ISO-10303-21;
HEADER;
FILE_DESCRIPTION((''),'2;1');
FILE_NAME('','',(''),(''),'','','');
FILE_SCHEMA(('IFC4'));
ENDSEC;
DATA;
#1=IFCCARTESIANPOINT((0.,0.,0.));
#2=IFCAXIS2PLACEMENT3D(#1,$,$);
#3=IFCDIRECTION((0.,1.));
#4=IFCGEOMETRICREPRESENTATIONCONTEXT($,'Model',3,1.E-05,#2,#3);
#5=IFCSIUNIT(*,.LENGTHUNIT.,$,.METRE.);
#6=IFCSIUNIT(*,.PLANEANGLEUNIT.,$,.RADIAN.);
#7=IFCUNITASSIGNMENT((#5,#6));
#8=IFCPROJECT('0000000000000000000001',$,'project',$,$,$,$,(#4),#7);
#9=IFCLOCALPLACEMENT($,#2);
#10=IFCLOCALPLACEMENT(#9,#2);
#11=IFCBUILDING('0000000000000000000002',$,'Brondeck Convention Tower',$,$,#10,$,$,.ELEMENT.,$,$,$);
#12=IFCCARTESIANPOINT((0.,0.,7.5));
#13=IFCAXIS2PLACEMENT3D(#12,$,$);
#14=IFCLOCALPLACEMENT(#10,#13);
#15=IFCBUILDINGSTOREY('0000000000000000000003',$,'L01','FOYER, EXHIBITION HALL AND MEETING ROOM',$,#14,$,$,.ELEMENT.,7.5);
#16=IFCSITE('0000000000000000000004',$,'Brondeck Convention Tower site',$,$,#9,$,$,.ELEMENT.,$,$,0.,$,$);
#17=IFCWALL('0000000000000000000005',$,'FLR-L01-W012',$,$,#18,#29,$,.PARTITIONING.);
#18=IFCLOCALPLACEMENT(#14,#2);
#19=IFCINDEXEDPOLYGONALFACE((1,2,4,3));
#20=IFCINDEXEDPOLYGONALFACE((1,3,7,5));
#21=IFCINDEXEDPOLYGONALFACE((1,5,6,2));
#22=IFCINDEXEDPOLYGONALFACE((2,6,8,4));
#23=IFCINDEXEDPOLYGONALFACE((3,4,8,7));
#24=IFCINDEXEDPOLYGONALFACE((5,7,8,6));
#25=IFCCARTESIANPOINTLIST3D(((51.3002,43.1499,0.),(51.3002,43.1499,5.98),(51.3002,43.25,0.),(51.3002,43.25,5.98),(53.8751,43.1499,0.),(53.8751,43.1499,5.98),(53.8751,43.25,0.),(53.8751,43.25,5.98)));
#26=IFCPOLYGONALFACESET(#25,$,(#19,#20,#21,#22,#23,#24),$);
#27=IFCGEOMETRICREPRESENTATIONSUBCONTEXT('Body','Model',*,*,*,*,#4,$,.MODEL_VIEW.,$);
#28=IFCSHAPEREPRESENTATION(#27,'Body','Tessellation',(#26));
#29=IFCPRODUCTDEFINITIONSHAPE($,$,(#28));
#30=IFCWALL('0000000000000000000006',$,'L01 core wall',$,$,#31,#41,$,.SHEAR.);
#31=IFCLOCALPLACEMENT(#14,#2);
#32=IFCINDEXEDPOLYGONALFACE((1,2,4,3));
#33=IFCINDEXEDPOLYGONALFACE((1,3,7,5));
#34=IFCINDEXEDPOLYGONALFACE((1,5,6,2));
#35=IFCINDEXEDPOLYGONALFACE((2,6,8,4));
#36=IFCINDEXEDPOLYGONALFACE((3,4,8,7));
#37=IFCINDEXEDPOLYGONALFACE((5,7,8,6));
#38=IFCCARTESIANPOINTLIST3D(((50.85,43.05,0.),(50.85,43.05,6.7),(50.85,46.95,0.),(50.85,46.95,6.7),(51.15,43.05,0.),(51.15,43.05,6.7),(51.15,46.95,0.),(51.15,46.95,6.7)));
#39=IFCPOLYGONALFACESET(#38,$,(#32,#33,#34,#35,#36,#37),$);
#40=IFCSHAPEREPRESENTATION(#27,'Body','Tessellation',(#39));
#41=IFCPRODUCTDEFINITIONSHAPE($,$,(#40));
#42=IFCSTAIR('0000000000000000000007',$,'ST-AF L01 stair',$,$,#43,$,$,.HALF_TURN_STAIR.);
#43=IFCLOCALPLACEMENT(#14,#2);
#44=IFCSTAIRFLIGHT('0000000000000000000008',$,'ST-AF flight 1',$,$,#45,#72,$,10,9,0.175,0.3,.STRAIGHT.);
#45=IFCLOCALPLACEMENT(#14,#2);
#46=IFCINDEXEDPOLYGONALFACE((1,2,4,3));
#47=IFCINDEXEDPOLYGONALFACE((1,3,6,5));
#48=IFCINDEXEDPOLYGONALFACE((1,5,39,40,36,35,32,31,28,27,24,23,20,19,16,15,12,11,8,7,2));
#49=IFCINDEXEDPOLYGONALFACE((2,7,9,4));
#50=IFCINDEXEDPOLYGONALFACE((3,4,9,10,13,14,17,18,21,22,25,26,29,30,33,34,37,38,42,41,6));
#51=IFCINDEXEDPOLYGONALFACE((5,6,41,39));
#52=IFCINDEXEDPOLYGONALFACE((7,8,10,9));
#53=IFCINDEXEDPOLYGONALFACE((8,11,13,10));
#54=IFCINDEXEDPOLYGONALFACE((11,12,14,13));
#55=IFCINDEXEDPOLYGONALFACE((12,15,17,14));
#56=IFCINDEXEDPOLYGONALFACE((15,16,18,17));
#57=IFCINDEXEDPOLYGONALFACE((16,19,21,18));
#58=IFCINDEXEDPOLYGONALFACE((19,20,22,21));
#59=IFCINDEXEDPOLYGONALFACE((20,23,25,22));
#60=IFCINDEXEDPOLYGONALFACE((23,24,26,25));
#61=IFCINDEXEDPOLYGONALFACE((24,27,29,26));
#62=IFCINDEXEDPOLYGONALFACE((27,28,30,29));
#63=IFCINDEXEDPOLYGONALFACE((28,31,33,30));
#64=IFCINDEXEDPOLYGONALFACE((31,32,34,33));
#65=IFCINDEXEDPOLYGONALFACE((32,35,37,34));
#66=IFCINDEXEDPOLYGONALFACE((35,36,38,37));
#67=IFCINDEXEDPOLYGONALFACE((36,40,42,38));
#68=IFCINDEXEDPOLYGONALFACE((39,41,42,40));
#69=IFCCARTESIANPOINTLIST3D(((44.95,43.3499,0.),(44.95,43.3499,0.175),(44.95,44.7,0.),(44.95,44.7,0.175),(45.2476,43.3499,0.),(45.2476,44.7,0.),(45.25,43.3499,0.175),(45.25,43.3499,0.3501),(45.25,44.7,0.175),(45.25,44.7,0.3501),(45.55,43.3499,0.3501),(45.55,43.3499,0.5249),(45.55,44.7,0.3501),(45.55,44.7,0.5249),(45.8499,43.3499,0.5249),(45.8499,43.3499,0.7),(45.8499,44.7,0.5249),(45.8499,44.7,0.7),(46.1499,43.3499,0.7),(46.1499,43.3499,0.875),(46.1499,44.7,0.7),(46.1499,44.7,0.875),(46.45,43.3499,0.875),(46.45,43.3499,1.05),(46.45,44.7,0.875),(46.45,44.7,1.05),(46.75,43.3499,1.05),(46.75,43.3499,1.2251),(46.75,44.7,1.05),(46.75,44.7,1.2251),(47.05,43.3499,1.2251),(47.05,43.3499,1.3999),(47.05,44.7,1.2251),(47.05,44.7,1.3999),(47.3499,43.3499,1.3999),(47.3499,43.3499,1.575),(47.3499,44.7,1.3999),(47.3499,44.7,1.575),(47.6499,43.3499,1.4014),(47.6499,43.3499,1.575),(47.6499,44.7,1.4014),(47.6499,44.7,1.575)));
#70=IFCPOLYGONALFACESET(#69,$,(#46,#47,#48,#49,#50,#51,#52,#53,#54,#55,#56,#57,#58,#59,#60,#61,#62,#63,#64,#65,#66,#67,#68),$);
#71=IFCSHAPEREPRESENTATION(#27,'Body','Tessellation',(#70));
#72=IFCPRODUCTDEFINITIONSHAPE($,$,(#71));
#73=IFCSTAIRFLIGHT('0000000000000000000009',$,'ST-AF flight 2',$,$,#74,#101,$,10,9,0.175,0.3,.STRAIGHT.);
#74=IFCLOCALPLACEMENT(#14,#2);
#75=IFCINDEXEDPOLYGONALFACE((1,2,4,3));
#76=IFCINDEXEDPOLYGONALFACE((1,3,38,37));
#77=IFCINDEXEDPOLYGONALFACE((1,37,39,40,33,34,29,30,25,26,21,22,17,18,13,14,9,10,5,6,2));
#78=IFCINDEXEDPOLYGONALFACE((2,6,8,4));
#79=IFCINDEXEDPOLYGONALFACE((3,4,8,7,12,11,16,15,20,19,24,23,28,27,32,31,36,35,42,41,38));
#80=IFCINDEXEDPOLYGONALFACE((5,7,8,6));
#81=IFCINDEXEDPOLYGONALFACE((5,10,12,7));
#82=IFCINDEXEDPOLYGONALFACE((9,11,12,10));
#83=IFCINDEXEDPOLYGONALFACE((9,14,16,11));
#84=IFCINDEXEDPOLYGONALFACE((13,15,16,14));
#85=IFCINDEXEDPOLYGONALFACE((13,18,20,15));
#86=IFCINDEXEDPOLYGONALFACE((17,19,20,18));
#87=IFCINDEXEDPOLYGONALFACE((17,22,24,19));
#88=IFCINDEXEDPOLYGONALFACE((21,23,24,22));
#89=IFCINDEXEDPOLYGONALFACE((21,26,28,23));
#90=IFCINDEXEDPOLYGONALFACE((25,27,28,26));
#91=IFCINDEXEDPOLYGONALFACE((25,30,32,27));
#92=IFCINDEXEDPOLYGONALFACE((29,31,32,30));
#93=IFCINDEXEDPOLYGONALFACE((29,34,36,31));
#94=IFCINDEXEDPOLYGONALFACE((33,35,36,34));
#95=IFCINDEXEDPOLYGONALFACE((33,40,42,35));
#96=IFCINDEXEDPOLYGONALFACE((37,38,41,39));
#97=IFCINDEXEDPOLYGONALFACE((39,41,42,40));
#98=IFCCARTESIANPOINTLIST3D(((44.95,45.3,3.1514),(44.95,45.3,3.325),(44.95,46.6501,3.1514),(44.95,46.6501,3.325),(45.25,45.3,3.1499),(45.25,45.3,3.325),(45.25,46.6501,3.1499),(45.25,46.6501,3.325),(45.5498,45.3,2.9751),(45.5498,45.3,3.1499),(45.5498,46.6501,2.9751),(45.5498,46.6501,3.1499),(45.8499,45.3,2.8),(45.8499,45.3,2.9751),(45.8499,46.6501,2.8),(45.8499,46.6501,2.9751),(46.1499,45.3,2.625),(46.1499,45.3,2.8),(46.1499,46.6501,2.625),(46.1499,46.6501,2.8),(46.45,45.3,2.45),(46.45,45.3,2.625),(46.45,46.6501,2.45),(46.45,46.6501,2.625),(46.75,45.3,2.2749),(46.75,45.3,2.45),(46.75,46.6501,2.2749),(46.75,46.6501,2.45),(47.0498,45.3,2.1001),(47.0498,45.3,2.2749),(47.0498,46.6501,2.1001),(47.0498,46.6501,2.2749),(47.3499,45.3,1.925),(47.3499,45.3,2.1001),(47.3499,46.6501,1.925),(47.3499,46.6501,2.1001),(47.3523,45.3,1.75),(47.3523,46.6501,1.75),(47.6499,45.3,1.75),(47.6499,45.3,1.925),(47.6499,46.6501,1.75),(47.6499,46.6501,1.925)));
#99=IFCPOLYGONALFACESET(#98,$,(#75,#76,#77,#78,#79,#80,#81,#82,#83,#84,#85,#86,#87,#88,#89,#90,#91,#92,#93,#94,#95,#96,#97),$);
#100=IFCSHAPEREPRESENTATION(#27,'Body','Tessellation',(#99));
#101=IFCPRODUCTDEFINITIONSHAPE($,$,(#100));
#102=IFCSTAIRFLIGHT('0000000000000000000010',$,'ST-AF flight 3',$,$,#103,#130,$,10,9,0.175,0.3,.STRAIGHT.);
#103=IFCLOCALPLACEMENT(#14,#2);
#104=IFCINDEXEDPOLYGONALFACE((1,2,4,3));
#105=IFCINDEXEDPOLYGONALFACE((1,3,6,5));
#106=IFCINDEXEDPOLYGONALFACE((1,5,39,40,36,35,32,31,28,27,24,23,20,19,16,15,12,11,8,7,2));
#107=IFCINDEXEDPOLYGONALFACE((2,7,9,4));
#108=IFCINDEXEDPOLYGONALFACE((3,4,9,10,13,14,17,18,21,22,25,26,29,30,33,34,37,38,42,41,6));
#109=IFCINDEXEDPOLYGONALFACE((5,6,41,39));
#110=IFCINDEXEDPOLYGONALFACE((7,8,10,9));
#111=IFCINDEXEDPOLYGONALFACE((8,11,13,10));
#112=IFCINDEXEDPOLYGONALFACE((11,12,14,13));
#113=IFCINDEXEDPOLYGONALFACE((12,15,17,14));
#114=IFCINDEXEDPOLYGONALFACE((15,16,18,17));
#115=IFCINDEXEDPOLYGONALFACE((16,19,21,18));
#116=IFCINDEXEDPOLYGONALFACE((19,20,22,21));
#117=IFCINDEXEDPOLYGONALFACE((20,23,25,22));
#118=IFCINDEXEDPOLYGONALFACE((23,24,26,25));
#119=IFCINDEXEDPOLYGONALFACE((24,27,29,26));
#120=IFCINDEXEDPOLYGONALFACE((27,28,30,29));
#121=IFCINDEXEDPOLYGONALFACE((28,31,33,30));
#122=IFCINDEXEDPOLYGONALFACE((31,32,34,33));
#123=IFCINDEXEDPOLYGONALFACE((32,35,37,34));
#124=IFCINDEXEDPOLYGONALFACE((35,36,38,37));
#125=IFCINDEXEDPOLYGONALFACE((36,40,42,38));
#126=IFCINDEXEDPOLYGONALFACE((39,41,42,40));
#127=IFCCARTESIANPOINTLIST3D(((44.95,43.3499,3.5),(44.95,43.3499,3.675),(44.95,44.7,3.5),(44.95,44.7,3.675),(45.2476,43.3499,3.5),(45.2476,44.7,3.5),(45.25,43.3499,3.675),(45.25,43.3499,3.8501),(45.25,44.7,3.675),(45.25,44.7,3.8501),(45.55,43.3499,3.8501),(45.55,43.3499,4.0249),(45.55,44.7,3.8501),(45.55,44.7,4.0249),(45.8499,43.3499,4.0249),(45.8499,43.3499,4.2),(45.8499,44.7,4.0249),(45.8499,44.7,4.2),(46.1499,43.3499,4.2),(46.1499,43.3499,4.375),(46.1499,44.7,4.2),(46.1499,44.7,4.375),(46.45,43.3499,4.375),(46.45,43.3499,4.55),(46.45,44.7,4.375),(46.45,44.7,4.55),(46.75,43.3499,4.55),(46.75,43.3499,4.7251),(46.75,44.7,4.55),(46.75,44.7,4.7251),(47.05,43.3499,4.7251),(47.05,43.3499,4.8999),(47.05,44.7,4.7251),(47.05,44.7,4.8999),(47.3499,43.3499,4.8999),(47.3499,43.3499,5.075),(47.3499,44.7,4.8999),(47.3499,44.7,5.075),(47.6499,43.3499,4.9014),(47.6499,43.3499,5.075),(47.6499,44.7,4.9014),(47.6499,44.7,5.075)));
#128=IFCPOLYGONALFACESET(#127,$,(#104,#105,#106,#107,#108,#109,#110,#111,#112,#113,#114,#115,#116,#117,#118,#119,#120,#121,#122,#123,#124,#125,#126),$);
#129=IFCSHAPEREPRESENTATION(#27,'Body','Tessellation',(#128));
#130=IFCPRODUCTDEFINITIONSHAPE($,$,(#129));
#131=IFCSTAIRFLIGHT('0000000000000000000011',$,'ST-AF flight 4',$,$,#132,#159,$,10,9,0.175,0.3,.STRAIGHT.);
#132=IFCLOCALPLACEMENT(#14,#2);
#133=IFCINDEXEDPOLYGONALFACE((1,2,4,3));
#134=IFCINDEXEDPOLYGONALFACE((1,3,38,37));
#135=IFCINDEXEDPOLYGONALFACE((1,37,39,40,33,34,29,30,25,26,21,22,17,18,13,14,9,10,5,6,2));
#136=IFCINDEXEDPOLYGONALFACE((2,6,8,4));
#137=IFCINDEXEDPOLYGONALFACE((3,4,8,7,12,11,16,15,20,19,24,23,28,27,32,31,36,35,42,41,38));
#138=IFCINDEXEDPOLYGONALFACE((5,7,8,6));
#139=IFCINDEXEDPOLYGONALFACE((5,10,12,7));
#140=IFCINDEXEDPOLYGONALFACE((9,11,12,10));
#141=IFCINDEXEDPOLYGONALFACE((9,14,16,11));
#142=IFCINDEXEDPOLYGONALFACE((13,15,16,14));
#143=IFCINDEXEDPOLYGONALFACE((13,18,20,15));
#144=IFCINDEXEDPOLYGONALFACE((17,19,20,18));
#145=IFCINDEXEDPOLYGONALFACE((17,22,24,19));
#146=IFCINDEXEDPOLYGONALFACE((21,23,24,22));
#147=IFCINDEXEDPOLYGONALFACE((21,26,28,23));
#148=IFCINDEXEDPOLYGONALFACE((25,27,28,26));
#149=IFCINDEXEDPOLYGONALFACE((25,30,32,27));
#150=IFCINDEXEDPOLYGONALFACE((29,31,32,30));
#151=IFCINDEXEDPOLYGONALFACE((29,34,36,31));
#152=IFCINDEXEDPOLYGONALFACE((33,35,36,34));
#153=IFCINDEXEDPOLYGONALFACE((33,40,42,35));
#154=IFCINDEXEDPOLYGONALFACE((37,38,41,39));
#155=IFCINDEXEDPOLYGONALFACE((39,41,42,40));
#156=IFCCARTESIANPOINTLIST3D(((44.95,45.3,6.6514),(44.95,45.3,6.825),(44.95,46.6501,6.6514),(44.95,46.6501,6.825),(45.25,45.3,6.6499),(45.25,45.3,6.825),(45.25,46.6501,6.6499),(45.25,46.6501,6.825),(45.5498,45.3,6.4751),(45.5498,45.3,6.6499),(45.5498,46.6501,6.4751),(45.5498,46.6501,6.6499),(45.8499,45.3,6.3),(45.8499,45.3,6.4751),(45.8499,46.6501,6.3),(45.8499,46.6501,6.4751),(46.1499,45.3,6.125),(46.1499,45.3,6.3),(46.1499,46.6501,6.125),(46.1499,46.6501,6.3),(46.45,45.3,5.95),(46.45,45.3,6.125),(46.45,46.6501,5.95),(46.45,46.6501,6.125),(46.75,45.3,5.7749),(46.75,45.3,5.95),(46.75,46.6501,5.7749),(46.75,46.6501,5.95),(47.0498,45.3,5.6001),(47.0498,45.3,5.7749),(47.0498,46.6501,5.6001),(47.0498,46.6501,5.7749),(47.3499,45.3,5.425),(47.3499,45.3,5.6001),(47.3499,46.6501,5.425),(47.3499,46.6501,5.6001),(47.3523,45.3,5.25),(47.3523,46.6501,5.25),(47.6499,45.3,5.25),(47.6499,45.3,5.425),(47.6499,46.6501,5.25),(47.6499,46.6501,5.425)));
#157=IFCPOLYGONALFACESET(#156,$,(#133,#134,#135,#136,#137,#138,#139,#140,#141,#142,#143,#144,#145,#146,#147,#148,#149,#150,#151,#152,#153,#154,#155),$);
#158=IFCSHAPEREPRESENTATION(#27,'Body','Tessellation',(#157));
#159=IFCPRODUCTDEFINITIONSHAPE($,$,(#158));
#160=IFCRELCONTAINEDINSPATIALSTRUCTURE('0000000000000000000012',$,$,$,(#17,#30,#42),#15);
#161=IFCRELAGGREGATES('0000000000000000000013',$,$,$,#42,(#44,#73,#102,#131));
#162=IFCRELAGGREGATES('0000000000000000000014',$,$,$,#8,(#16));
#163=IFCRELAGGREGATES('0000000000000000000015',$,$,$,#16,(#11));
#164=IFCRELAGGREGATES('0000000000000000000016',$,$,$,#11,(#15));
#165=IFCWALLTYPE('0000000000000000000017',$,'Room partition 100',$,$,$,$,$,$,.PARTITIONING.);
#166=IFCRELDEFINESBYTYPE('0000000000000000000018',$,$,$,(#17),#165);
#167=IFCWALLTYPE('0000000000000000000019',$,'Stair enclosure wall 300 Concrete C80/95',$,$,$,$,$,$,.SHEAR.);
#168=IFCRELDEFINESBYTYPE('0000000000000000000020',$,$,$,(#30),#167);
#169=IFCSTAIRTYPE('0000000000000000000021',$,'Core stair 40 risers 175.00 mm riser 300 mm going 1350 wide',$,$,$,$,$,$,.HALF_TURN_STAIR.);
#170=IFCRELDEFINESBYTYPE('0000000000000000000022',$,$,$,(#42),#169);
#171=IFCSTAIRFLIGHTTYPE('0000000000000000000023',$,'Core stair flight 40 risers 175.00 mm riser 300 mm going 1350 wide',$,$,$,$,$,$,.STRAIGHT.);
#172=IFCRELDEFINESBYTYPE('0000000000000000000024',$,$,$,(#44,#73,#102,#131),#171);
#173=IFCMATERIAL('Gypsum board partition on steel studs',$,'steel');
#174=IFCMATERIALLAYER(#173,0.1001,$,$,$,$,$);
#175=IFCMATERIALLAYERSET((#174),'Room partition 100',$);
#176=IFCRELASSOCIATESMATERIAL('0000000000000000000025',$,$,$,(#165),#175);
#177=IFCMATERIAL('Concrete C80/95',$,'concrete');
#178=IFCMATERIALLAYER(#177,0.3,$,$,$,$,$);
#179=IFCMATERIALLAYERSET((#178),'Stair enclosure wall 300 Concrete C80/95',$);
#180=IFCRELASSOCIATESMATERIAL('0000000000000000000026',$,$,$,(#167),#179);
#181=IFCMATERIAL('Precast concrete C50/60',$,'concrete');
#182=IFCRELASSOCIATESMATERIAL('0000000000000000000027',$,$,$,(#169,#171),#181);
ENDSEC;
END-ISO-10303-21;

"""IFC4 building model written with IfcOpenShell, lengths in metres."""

from ifc_helpers import new_model, si_unit, direction, frame, frame_2d, origin, place, context, subcontext, project, spatial, polyline, rectangle, outline, extrude, material, layer, layer_set, type_object, element, aggregate, save


model = new_model("IFC4")

# Units and contexts
model_context = context("Model", 3, precision=1e-05, world=origin(), true_north=direction((0.0, 1.0)))
body_context = subcontext(model_context, "Body", "Model", "MODEL_VIEW")
ifc_project = project(units=[si_unit("LENGTHUNIT", "METRE"), si_unit("PLANEANGLEUNIT", "RADIAN")], contexts=[model_context])

# Site, building, storey
site_placement = place(None, origin())
site = spatial("IfcSite", under=ifc_project, at=site_placement, Name="Brondeck Convention Tower site", CompositionType="ELEMENT", RefElevation=0.0)
building_placement = place(site_placement, origin())
building = spatial("IfcBuilding", under=site, at=building_placement, Name="Brondeck Convention Tower", CompositionType="ELEMENT")
storey_placement = place(building_placement, frame((0.0, 0.0, 7.5)))
storey = spatial("IfcBuildingStorey", under=building, at=storey_placement, Name="L01", Description="FOYER, EXHIBITION HALL AND MEETING ROOM", CompositionType="ELEMENT", Elevation=7.5)

# Shared definitions
ifc_material_1 = material(Name="Concrete C80/95", Category="concrete")

# Walls
ifc_material_2 = material(Name="Gypsum board partition on steel studs", Category="steel")
ifc_layer_1 = layer(ifc_material_2, 0.1001)
ifc_layer_set_1 = layer_set([ifc_layer_1], Name="Room partition 100")
wall_type_1 = type_object("IfcWallType", Name="Room partition 100", PredefinedType="PARTITIONING", material=ifc_layer_set_1)
wall_1_placement = place(storey_placement, frame((51.3, 43.2, 0.0), z_axis=(0.0, 0.0, 1.0), x_axis=(1.0, 0.0, 0.0)))
element("IfcWall", 1, at=wall_1_placement, inside=storey, type_object=wall_type_1, Name="FLR-L01-W012", PredefinedType="PARTITIONING", context=body_context, shape_type="SweptSolid", body=[
    extrude(rectangle(XDim=2.575, YDim=0.1001, at=frame_2d((1.2876, 0.0))), origin(), (0.0, 0.0, 1.0), 5.98),
])
ifc_layer_2 = layer(ifc_material_1, 0.3)
ifc_layer_set_2 = layer_set([ifc_layer_2], Name="Stair enclosure wall 300 Concrete C80/95")
wall_type_2 = type_object("IfcWallType", Name="Stair enclosure wall 300 Concrete C80/95", PredefinedType="SHEAR", material=ifc_layer_set_2)
wall_2_placement = place(storey_placement, frame((51.0, 43.05, 0.0), z_axis=(0.0, 0.0, 1.0), x_axis=(0.0, 1.0, 0.0)))
element("IfcWall", 2, at=wall_2_placement, inside=storey, type_object=wall_type_2, Name="L01 core wall", PredefinedType="SHEAR", context=body_context, shape_type="SweptSolid", body=[
    extrude(rectangle(XDim=3.8999, YDim=0.3, at=frame_2d((1.95, 0.0))), origin(), (0.0, 0.0, 1.0), 6.7),
])

# Stair, stair flights
ifc_material_3 = material(Name="Precast concrete C50/60", Category="concrete")
stair_type = type_object("IfcStairType", Name="Core stair 40 risers 175.00 mm riser 300 mm going 1350 wide", PredefinedType="HALF_TURN_STAIR", material=ifc_material_3)
stair_placement = place(storey_placement, origin())
stair = element("IfcStair", 3, at=stair_placement, inside=storey, type_object=stair_type, Name="ST-AF L01 stair", PredefinedType="HALF_TURN_STAIR")
stair_flight_type = type_object("IfcStairFlightType", Name="Core stair flight 40 risers 175.00 mm riser 300 mm going 1350 wide", PredefinedType="STRAIGHT", material=ifc_material_3)
stair_flight_1_placement = place(storey_placement, frame((44.95, 44.0249, 0.0), z_axis=(0.0, 0.0, 1.0), x_axis=(1.0, 0.0, 0.0)))
stair_flight_1 = element("IfcStairFlight", 4, at=stair_flight_1_placement, type_object=stair_flight_type, Name="ST-AF flight 1", NumberOfRisers=10, NumberOfTreads=9, PredefinedType="STRAIGHT", RiserHeight=0.175, TreadLength=0.3, context=body_context, shape_type="SweptSolid", body=[
    extrude(outline(polyline([(0.0, 0.0), (0.0, 0.175), (0.3, 0.175), (0.3, 0.3501), (0.6001, 0.3501), (0.6001, 0.5249), (0.8999, 0.5249), (0.8999, 0.7), (1.2, 0.7), (1.2, 0.875), (1.5, 0.875), (1.5, 1.05), (1.8, 1.05), (1.8, 1.2251), (2.1001, 1.2251), (2.1001, 1.3999), (2.3999, 1.3999), (2.3999, 1.575), (2.7, 1.575), (2.7, 1.75), (2.7, 1.4014), (0.2976, 0.0), (0.0, 0.0)])), frame((0.0, 0.675, 0.0), z_axis=(0.0, -1.0, 0.0), x_axis=(1.0, 0.0, 0.0)), (0.0, 0.0, 1.0), 1.3501),
])
stair_flight_2_placement = place(storey_placement, frame((47.6499, 45.9751, 1.75), z_axis=(0.0, 0.0, 1.0), x_axis=(-1.0, 0.0, 0.0)))
stair_flight_2 = element("IfcStairFlight", 5, at=stair_flight_2_placement, type_object=stair_flight_type, Name="ST-AF flight 2", NumberOfRisers=10, NumberOfTreads=9, PredefinedType="STRAIGHT", RiserHeight=0.175, TreadLength=0.3, context=body_context, shape_type="SweptSolid", body=[
    extrude(outline(polyline([(0.0, 0.0), (0.0, 0.175), (0.3, 0.175), (0.3, 0.3501), (0.6001, 0.3501), (0.6001, 0.5249), (0.8999, 0.5249), (0.8999, 0.7), (1.2, 0.7), (1.2, 0.875), (1.5, 0.875), (1.5, 1.05), (1.8, 1.05), (1.8, 1.2251), (2.1001, 1.2251), (2.1001, 1.3999), (2.3999, 1.3999), (2.3999, 1.575), (2.7, 1.575), (2.7, 1.75), (2.7, 1.4014), (0.2976, 0.0), (0.0, 0.0)])), frame((0.0, 0.675, 0.0), z_axis=(0.0, -1.0, 0.0), x_axis=(1.0, 0.0, 0.0)), (0.0, 0.0, 1.0), 1.3501),
])
stair_flight_3_placement = place(storey_placement, frame((44.95, 44.0249, 3.5), z_axis=(0.0, 0.0, 1.0), x_axis=(1.0, 0.0, 0.0)))
stair_flight_3 = element("IfcStairFlight", 6, at=stair_flight_3_placement, type_object=stair_flight_type, Name="ST-AF flight 3", NumberOfRisers=10, NumberOfTreads=9, PredefinedType="STRAIGHT", RiserHeight=0.175, TreadLength=0.3, context=body_context, shape_type="SweptSolid", body=[
    extrude(outline(polyline([(0.0, 0.0), (0.0, 0.175), (0.3, 0.175), (0.3, 0.3501), (0.6001, 0.3501), (0.6001, 0.5249), (0.8999, 0.5249), (0.8999, 0.7), (1.2, 0.7), (1.2, 0.875), (1.5, 0.875), (1.5, 1.05), (1.8, 1.05), (1.8, 1.2251), (2.1001, 1.2251), (2.1001, 1.3999), (2.3999, 1.3999), (2.3999, 1.575), (2.7, 1.575), (2.7, 1.75), (2.7, 1.4014), (0.2976, 0.0), (0.0, 0.0)])), frame((0.0, 0.675, 0.0), z_axis=(0.0, -1.0, 0.0), x_axis=(1.0, 0.0, 0.0)), (0.0, 0.0, 1.0), 1.3501),
])
stair_flight_4_placement = place(storey_placement, frame((47.6499, 45.9751, 5.25), z_axis=(0.0, 0.0, 1.0), x_axis=(-1.0, 0.0, 0.0)))
stair_flight_4 = element("IfcStairFlight", 7, at=stair_flight_4_placement, type_object=stair_flight_type, Name="ST-AF flight 4", NumberOfRisers=10, NumberOfTreads=9, PredefinedType="STRAIGHT", RiserHeight=0.175, TreadLength=0.3, context=body_context, shape_type="SweptSolid", body=[
    extrude(outline(polyline([(0.0, 0.0), (0.0, 0.175), (0.3, 0.175), (0.3, 0.3501), (0.6001, 0.3501), (0.6001, 0.5249), (0.8999, 0.5249), (0.8999, 0.7), (1.2, 0.7), (1.2, 0.875), (1.5, 0.875), (1.5, 1.05), (1.8, 1.05), (1.8, 1.2251), (2.1001, 1.2251), (2.1001, 1.3999), (2.3999, 1.3999), (2.3999, 1.575), (2.7, 1.575), (2.7, 1.75), (2.7, 1.4014), (0.2976, 0.0), (0.0, 0.0)])), frame((0.0, 0.675, 0.0), z_axis=(0.0, -1.0, 0.0), x_axis=(1.0, 0.0, 0.0)), (0.0, 0.0, 1.0), 1.3501),
])
aggregate(stair, [stair_flight_1, stair_flight_2, stair_flight_3, stair_flight_4])

save(model, "model.ifc")
